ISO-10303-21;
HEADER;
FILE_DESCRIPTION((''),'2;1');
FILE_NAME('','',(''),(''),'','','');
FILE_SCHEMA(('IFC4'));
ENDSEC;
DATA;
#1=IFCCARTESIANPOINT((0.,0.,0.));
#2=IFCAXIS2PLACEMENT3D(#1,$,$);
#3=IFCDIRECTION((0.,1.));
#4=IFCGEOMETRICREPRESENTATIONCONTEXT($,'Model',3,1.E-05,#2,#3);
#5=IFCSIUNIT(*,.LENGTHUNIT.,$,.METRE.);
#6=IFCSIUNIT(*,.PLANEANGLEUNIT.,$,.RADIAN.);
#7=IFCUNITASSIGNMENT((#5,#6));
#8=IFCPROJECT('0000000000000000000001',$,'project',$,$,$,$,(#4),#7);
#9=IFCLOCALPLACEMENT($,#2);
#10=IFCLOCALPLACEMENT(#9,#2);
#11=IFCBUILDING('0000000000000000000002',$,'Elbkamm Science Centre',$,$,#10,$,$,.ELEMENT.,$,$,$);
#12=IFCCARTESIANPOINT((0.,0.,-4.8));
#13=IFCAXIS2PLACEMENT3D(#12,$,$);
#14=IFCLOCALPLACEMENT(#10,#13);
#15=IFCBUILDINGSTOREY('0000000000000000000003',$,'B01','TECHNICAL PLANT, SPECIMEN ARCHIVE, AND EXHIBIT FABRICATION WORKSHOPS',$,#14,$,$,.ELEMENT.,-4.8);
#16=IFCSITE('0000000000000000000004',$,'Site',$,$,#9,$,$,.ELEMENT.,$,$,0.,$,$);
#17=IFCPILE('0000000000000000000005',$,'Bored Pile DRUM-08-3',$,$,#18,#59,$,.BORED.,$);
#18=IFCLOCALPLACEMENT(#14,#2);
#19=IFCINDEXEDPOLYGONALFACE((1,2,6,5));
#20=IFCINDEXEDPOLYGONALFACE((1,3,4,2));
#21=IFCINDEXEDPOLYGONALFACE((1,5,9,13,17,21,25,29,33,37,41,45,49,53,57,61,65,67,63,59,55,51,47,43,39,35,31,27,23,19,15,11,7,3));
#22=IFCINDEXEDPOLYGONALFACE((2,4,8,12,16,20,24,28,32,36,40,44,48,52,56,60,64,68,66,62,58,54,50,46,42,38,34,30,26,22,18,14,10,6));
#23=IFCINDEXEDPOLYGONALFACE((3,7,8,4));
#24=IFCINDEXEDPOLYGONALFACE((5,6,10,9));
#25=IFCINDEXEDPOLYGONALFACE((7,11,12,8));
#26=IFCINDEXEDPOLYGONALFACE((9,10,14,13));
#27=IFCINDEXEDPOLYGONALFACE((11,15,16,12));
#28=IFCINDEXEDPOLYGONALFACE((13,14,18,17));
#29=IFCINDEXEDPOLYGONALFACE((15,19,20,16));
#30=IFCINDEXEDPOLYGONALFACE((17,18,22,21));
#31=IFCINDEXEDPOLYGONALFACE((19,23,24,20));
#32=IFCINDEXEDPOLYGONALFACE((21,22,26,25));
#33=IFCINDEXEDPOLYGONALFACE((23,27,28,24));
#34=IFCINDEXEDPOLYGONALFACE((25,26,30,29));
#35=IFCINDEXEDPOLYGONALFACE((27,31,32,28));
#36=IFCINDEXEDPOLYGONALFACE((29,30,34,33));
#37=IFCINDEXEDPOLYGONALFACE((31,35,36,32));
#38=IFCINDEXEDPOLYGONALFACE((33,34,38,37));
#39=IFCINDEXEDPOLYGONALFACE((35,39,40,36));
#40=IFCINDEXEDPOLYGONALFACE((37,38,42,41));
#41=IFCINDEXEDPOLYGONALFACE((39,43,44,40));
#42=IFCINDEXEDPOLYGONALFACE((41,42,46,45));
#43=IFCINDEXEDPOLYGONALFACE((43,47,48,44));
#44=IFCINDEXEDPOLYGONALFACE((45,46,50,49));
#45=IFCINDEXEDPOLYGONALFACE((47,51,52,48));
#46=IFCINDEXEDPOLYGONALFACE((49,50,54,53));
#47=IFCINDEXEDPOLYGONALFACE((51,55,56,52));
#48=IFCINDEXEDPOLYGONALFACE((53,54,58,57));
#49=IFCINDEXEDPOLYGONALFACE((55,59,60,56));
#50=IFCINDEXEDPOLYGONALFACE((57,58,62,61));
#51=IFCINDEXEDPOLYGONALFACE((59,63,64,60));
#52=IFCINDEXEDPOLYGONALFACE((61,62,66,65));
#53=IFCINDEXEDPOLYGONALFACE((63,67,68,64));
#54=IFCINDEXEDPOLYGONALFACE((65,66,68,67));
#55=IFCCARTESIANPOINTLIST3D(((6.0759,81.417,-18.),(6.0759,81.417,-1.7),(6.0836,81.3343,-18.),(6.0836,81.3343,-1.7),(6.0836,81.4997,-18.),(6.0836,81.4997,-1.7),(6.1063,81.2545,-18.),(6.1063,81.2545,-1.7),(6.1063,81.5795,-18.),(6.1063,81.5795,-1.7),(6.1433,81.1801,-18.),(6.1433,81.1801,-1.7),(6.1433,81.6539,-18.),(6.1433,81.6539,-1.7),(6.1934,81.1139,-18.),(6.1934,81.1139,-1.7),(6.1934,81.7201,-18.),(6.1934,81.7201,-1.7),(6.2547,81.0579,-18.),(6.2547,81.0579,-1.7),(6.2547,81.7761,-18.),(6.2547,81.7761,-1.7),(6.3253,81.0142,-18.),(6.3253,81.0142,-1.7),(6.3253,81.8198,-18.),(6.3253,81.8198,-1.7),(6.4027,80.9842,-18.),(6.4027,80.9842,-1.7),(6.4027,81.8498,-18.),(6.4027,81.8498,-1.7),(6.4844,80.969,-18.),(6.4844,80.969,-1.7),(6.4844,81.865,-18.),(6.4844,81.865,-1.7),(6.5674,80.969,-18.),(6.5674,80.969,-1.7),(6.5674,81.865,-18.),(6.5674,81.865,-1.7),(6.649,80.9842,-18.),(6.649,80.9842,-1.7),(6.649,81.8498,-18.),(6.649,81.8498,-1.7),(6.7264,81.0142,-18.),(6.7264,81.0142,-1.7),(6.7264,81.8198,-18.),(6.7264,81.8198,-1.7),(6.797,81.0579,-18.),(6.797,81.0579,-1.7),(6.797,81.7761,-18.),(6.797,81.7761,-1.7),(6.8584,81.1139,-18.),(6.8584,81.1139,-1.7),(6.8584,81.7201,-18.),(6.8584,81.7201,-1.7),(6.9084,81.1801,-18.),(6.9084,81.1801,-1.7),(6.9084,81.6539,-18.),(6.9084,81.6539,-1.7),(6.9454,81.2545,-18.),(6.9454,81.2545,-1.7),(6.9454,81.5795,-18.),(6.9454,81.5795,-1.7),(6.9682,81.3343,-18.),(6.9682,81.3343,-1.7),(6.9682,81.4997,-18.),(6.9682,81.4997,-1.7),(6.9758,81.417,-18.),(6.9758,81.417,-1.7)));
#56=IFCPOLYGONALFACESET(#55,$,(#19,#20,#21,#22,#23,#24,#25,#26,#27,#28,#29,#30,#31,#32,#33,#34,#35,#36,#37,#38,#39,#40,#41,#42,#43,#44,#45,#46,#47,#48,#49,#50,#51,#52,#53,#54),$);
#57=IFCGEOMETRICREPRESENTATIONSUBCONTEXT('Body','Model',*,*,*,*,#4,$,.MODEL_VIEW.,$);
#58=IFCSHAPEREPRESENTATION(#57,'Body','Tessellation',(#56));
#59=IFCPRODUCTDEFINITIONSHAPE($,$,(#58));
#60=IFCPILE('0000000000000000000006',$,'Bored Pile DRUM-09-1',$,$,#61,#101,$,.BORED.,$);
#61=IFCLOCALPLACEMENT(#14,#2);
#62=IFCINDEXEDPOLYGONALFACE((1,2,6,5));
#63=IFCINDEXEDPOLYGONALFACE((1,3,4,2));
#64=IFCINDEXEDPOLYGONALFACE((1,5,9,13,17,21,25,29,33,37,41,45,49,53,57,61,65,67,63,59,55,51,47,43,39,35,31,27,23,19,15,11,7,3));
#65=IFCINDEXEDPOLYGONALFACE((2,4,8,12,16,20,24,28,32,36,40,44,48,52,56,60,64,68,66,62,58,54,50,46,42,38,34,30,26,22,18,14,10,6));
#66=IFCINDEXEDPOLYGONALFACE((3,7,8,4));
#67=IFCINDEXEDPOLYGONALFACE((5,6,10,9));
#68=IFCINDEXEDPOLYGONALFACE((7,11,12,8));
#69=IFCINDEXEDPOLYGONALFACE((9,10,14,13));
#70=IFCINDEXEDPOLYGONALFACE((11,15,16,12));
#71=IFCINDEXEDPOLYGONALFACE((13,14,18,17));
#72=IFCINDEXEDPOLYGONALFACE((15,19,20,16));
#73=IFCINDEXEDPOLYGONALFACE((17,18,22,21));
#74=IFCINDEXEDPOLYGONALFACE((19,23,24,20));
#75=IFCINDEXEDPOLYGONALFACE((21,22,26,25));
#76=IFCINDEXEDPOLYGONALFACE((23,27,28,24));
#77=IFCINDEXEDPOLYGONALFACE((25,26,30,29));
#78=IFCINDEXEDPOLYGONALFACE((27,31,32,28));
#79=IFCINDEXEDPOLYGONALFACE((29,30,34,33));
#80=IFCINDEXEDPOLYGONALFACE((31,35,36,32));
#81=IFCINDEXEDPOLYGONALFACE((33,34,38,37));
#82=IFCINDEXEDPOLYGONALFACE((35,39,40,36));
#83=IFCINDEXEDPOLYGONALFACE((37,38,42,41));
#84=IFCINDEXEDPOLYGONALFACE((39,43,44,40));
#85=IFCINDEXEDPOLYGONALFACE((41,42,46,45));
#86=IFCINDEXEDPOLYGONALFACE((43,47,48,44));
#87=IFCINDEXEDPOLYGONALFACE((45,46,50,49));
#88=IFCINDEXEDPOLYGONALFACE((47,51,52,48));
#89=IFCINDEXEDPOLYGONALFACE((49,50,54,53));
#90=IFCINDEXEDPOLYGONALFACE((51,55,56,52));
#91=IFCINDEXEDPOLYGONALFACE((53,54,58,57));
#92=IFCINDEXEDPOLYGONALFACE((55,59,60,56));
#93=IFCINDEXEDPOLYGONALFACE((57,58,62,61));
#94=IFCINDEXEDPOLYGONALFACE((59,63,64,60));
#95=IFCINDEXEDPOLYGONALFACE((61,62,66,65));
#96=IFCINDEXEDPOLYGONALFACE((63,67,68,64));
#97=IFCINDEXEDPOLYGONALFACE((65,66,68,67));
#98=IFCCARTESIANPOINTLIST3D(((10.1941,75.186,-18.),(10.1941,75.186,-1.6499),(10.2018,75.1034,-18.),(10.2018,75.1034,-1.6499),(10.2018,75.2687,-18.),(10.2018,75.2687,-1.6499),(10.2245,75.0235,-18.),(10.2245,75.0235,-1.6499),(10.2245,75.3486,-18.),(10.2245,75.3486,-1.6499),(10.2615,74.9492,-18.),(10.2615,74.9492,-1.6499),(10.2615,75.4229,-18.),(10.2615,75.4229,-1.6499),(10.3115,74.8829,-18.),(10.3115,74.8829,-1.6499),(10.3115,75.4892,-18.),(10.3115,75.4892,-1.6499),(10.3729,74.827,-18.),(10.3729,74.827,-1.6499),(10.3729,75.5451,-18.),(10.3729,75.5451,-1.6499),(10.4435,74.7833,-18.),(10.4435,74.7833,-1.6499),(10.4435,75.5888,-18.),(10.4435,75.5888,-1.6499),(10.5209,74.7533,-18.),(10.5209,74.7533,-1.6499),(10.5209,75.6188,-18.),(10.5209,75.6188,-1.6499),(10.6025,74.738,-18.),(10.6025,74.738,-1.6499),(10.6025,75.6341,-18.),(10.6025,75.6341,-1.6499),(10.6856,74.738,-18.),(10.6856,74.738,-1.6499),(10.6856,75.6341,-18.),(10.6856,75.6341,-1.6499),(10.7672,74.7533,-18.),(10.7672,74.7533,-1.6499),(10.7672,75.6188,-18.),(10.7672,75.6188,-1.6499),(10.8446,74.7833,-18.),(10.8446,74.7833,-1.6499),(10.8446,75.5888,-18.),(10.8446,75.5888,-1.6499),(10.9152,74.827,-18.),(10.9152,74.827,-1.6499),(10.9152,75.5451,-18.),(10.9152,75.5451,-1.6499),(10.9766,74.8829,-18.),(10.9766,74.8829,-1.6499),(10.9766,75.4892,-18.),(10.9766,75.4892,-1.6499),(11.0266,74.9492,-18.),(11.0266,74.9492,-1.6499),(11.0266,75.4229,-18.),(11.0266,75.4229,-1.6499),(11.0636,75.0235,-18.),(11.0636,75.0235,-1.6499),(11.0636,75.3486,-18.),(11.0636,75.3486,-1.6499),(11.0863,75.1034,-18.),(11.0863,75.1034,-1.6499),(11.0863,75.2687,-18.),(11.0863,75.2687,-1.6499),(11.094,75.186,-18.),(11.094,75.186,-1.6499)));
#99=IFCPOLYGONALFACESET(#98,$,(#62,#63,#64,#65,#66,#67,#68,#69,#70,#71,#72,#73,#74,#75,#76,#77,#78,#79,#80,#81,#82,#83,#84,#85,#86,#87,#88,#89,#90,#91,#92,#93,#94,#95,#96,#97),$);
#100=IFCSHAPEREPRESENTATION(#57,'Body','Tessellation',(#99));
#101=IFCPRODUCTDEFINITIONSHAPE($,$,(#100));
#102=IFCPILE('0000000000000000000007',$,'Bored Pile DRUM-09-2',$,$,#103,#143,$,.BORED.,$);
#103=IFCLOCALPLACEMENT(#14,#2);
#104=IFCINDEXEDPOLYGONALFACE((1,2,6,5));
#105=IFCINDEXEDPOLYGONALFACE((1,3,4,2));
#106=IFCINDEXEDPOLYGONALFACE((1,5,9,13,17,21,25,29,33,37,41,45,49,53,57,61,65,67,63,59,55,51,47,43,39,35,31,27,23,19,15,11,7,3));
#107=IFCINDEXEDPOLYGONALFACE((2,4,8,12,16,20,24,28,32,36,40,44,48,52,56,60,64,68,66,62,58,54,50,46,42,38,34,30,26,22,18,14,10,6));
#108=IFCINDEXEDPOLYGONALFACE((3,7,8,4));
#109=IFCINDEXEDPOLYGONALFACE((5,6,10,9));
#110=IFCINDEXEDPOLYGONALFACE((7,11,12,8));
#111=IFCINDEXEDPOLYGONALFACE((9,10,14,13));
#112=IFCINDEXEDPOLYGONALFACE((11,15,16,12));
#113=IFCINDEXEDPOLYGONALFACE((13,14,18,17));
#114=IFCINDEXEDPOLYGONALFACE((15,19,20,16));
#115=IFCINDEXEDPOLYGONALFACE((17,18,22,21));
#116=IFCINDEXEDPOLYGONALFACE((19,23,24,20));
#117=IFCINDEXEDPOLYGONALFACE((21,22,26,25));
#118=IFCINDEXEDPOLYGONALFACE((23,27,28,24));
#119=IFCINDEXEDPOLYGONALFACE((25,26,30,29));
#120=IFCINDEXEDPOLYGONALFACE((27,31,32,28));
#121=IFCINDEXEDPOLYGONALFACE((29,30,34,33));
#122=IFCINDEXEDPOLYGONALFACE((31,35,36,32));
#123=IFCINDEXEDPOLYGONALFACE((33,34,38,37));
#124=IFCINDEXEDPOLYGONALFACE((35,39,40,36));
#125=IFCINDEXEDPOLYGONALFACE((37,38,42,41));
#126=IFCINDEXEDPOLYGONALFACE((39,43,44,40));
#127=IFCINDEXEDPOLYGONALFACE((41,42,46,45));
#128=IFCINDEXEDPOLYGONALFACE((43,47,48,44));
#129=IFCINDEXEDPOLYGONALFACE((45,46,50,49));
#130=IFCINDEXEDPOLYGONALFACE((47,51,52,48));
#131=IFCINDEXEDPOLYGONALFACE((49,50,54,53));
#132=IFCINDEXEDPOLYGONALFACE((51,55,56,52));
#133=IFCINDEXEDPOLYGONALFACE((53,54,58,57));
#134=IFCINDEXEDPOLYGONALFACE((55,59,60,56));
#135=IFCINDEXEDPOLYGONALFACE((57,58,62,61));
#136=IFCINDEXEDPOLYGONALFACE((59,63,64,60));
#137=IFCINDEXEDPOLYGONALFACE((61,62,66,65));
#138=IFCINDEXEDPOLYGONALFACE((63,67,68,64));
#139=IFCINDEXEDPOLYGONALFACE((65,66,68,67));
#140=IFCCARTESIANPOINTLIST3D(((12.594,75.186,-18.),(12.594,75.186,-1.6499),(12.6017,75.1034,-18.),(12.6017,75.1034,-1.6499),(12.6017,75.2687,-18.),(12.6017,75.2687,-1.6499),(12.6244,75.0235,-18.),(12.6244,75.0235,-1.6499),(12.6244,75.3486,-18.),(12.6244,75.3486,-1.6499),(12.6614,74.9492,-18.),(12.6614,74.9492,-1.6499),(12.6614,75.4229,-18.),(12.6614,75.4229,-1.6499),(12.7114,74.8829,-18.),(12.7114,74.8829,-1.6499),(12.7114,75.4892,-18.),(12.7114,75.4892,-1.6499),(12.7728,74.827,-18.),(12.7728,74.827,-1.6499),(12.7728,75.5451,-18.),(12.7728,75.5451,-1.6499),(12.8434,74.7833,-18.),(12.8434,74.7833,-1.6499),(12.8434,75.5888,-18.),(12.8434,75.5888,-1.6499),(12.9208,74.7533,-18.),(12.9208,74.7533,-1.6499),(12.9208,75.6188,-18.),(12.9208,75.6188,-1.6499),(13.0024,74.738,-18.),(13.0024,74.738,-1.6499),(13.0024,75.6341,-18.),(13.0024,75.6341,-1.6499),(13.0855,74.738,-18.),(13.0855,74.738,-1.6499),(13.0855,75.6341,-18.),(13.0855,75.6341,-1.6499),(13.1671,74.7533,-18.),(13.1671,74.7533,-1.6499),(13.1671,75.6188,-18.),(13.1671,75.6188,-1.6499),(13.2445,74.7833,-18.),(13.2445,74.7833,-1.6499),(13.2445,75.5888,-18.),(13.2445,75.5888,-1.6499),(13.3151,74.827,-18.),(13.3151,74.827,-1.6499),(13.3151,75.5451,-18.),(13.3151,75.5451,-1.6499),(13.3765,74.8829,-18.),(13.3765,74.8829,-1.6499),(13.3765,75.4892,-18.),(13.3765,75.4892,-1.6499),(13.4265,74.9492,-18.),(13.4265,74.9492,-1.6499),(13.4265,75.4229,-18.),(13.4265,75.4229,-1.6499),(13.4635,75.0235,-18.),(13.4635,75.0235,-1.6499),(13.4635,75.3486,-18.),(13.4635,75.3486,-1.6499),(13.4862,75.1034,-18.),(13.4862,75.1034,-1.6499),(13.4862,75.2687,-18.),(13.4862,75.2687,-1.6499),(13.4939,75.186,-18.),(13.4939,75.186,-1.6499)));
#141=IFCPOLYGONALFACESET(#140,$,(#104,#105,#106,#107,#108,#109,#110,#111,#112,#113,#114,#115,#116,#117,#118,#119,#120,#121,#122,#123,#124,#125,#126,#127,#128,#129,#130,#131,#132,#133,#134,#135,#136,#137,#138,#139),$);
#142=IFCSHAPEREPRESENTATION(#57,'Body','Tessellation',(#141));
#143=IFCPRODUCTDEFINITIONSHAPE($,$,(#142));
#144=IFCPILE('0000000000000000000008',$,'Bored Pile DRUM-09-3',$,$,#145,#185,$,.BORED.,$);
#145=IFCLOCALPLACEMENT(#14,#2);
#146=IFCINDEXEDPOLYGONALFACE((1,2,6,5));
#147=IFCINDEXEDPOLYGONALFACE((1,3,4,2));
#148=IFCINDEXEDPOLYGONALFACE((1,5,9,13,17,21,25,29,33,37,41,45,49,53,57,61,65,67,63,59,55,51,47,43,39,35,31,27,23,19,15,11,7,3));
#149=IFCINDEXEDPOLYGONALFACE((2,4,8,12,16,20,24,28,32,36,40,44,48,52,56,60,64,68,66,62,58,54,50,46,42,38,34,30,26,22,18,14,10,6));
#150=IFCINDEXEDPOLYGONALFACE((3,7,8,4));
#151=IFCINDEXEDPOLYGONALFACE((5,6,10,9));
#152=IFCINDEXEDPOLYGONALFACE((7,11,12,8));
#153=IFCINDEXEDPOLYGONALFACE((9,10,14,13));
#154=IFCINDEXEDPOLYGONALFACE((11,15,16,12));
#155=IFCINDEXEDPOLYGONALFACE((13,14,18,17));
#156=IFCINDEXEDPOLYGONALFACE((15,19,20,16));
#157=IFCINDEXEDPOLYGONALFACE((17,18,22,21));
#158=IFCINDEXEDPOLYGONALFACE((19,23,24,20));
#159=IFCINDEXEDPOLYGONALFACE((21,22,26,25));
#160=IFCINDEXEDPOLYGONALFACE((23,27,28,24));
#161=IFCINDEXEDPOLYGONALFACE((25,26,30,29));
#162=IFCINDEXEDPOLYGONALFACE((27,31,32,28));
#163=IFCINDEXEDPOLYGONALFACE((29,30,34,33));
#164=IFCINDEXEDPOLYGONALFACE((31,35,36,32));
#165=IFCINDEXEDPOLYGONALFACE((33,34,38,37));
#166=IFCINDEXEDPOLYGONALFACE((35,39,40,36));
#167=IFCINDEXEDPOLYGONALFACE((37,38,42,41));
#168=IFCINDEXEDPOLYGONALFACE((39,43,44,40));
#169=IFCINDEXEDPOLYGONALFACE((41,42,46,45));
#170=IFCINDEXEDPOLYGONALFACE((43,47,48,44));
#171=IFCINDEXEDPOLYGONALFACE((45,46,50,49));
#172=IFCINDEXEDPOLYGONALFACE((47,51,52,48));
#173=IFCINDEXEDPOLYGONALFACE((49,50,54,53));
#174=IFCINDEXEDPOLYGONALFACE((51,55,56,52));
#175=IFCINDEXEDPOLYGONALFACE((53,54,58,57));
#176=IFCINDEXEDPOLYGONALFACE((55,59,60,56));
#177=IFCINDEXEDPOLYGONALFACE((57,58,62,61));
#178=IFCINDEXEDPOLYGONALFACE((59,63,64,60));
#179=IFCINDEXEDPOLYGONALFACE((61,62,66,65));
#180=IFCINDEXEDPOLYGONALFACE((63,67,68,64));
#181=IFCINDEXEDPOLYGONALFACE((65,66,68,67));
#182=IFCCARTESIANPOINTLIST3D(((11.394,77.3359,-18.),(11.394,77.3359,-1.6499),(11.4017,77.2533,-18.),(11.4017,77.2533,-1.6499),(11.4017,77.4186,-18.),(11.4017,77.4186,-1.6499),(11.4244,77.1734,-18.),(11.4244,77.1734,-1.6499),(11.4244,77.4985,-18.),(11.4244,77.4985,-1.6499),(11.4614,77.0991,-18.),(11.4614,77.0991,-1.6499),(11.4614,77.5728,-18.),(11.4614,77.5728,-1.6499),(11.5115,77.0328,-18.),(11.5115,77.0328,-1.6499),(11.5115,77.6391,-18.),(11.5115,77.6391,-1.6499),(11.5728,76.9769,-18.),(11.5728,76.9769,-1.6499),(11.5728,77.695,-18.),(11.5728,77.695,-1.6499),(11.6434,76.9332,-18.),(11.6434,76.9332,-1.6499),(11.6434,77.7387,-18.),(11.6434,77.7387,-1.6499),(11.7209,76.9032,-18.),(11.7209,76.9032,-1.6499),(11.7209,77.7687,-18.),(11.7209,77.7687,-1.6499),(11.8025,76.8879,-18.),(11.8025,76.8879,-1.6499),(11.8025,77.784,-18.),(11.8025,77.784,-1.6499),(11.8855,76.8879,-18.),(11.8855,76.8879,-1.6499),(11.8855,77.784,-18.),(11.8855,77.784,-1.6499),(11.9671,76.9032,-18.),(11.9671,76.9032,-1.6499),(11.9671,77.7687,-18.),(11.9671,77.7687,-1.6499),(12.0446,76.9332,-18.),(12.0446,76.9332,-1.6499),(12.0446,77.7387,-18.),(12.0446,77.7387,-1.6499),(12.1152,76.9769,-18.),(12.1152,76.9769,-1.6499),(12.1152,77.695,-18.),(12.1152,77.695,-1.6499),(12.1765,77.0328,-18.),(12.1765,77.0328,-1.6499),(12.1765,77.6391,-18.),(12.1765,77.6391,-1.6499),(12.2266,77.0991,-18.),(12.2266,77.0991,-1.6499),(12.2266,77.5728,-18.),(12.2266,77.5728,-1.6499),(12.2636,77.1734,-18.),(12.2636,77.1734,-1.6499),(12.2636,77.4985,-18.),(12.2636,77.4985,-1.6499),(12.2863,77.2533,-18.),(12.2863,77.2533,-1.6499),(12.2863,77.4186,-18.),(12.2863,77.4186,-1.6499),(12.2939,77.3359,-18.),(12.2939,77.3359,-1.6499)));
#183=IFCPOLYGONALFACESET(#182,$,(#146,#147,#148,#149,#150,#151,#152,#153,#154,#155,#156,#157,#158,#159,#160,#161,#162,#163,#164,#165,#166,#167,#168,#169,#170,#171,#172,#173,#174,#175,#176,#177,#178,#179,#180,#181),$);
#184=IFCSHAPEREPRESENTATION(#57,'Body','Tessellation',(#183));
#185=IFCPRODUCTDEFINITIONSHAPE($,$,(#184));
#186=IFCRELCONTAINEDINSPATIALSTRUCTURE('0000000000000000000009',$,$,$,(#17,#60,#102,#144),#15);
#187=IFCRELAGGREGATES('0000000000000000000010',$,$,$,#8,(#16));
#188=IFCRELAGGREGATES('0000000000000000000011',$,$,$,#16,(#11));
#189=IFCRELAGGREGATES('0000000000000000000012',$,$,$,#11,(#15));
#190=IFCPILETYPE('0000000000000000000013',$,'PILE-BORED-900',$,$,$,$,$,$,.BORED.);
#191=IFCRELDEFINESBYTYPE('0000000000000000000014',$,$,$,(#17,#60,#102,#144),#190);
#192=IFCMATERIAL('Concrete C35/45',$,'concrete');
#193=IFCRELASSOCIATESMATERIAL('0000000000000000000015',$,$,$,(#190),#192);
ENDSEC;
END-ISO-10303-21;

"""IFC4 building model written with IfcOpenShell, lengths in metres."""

from ifc_helpers import new_model, si_unit, direction, frame, origin, origin_2d, place, context, subcontext, project, spatial, circle, extrude, material, material_profile, profile_set, type_object, element, save


model = new_model("IFC4")

# Units and contexts
model_context = context("Model", 3, precision=1e-05, world=origin(), true_north=direction((0.0, 1.0)))
body_context = subcontext(model_context, "Body", "Model", "MODEL_VIEW")
ifc_project = project(units=[si_unit("LENGTHUNIT", "METRE"), si_unit("PLANEANGLEUNIT", "RADIAN")], contexts=[model_context])

# Site, building, storey
site_placement = place(None, origin())
site = spatial("IfcSite", under=ifc_project, at=site_placement, Name="Site", CompositionType="ELEMENT", RefElevation=0.0)
building_placement = place(site_placement, origin())
building = spatial("IfcBuilding", under=site, at=building_placement, Name="Elbkamm Science Centre", CompositionType="ELEMENT")
storey_placement = place(building_placement, frame((0.0, 0.0, -4.8)))
storey = spatial("IfcBuildingStorey", under=building, at=storey_placement, Name="B01", Description="TECHNICAL PLANT, SPECIMEN ARCHIVE, AND EXHIBIT FABRICATION WORKSHOPS", CompositionType="ELEMENT", Elevation=-4.8)

# Shared definitions
ifc_material_1 = material(Name="Concrete C35/45", Category="concrete")

# Piles
ifc_material_profile_1 = material_profile(ifc_material_1, circle(Radius=0.45, at=origin_2d()), Name="PILE D900")
ifc_profile_set_1 = profile_set([ifc_material_profile_1], Name="Concrete C35/45")
pile_type = type_object("IfcPileType", Name="PILE-BORED-900", PredefinedType="BORED", material=ifc_profile_set_1)
for number, where, z_axis, x_axis, name in (
    (1, (6.5259, 81.417, -1.7), (0.0, 0.0, -1.0), (1.0, 0.0, 0.0), "Bored Pile DRUM-08-3"),
):
    element("IfcPile", number, at=place(storey_placement, frame(where, z_axis=z_axis, x_axis=x_axis)), inside=storey, type_object=pile_type, Name=name, PredefinedType="BORED", context=body_context, shape_type="SweptSolid", body=[
        extrude(circle(Radius=0.45, at=origin_2d()), origin(), (0.0, 0.0, 1.0), 16.3),
    ])
for number, where, z_axis, x_axis, name in (
    (2, (10.644, 75.186, -1.6499), (0.0, 0.0, -1.0), (1.0, 0.0, 0.0), "Bored Pile DRUM-09-1"),
    (3, (13.0439, 75.186, -1.6499), (0.0, 0.0, -1.0), (1.0, 0.0, 0.0), "Bored Pile DRUM-09-2"),
    (4, (11.844, 77.3359, -1.6499), (0.0, 0.0, -1.0), (1.0, 0.0, 0.0), "Bored Pile DRUM-09-3"),
):
    element("IfcPile", number, at=place(storey_placement, frame(where, z_axis=z_axis, x_axis=x_axis)), inside=storey, type_object=pile_type, Name=name, PredefinedType="BORED", context=body_context, shape_type="SweptSolid", body=[
        extrude(circle(Radius=0.45, at=origin_2d()), origin(), (0.0, 0.0, 1.0), 16.3501),
    ])

save(model, "model.ifc")
